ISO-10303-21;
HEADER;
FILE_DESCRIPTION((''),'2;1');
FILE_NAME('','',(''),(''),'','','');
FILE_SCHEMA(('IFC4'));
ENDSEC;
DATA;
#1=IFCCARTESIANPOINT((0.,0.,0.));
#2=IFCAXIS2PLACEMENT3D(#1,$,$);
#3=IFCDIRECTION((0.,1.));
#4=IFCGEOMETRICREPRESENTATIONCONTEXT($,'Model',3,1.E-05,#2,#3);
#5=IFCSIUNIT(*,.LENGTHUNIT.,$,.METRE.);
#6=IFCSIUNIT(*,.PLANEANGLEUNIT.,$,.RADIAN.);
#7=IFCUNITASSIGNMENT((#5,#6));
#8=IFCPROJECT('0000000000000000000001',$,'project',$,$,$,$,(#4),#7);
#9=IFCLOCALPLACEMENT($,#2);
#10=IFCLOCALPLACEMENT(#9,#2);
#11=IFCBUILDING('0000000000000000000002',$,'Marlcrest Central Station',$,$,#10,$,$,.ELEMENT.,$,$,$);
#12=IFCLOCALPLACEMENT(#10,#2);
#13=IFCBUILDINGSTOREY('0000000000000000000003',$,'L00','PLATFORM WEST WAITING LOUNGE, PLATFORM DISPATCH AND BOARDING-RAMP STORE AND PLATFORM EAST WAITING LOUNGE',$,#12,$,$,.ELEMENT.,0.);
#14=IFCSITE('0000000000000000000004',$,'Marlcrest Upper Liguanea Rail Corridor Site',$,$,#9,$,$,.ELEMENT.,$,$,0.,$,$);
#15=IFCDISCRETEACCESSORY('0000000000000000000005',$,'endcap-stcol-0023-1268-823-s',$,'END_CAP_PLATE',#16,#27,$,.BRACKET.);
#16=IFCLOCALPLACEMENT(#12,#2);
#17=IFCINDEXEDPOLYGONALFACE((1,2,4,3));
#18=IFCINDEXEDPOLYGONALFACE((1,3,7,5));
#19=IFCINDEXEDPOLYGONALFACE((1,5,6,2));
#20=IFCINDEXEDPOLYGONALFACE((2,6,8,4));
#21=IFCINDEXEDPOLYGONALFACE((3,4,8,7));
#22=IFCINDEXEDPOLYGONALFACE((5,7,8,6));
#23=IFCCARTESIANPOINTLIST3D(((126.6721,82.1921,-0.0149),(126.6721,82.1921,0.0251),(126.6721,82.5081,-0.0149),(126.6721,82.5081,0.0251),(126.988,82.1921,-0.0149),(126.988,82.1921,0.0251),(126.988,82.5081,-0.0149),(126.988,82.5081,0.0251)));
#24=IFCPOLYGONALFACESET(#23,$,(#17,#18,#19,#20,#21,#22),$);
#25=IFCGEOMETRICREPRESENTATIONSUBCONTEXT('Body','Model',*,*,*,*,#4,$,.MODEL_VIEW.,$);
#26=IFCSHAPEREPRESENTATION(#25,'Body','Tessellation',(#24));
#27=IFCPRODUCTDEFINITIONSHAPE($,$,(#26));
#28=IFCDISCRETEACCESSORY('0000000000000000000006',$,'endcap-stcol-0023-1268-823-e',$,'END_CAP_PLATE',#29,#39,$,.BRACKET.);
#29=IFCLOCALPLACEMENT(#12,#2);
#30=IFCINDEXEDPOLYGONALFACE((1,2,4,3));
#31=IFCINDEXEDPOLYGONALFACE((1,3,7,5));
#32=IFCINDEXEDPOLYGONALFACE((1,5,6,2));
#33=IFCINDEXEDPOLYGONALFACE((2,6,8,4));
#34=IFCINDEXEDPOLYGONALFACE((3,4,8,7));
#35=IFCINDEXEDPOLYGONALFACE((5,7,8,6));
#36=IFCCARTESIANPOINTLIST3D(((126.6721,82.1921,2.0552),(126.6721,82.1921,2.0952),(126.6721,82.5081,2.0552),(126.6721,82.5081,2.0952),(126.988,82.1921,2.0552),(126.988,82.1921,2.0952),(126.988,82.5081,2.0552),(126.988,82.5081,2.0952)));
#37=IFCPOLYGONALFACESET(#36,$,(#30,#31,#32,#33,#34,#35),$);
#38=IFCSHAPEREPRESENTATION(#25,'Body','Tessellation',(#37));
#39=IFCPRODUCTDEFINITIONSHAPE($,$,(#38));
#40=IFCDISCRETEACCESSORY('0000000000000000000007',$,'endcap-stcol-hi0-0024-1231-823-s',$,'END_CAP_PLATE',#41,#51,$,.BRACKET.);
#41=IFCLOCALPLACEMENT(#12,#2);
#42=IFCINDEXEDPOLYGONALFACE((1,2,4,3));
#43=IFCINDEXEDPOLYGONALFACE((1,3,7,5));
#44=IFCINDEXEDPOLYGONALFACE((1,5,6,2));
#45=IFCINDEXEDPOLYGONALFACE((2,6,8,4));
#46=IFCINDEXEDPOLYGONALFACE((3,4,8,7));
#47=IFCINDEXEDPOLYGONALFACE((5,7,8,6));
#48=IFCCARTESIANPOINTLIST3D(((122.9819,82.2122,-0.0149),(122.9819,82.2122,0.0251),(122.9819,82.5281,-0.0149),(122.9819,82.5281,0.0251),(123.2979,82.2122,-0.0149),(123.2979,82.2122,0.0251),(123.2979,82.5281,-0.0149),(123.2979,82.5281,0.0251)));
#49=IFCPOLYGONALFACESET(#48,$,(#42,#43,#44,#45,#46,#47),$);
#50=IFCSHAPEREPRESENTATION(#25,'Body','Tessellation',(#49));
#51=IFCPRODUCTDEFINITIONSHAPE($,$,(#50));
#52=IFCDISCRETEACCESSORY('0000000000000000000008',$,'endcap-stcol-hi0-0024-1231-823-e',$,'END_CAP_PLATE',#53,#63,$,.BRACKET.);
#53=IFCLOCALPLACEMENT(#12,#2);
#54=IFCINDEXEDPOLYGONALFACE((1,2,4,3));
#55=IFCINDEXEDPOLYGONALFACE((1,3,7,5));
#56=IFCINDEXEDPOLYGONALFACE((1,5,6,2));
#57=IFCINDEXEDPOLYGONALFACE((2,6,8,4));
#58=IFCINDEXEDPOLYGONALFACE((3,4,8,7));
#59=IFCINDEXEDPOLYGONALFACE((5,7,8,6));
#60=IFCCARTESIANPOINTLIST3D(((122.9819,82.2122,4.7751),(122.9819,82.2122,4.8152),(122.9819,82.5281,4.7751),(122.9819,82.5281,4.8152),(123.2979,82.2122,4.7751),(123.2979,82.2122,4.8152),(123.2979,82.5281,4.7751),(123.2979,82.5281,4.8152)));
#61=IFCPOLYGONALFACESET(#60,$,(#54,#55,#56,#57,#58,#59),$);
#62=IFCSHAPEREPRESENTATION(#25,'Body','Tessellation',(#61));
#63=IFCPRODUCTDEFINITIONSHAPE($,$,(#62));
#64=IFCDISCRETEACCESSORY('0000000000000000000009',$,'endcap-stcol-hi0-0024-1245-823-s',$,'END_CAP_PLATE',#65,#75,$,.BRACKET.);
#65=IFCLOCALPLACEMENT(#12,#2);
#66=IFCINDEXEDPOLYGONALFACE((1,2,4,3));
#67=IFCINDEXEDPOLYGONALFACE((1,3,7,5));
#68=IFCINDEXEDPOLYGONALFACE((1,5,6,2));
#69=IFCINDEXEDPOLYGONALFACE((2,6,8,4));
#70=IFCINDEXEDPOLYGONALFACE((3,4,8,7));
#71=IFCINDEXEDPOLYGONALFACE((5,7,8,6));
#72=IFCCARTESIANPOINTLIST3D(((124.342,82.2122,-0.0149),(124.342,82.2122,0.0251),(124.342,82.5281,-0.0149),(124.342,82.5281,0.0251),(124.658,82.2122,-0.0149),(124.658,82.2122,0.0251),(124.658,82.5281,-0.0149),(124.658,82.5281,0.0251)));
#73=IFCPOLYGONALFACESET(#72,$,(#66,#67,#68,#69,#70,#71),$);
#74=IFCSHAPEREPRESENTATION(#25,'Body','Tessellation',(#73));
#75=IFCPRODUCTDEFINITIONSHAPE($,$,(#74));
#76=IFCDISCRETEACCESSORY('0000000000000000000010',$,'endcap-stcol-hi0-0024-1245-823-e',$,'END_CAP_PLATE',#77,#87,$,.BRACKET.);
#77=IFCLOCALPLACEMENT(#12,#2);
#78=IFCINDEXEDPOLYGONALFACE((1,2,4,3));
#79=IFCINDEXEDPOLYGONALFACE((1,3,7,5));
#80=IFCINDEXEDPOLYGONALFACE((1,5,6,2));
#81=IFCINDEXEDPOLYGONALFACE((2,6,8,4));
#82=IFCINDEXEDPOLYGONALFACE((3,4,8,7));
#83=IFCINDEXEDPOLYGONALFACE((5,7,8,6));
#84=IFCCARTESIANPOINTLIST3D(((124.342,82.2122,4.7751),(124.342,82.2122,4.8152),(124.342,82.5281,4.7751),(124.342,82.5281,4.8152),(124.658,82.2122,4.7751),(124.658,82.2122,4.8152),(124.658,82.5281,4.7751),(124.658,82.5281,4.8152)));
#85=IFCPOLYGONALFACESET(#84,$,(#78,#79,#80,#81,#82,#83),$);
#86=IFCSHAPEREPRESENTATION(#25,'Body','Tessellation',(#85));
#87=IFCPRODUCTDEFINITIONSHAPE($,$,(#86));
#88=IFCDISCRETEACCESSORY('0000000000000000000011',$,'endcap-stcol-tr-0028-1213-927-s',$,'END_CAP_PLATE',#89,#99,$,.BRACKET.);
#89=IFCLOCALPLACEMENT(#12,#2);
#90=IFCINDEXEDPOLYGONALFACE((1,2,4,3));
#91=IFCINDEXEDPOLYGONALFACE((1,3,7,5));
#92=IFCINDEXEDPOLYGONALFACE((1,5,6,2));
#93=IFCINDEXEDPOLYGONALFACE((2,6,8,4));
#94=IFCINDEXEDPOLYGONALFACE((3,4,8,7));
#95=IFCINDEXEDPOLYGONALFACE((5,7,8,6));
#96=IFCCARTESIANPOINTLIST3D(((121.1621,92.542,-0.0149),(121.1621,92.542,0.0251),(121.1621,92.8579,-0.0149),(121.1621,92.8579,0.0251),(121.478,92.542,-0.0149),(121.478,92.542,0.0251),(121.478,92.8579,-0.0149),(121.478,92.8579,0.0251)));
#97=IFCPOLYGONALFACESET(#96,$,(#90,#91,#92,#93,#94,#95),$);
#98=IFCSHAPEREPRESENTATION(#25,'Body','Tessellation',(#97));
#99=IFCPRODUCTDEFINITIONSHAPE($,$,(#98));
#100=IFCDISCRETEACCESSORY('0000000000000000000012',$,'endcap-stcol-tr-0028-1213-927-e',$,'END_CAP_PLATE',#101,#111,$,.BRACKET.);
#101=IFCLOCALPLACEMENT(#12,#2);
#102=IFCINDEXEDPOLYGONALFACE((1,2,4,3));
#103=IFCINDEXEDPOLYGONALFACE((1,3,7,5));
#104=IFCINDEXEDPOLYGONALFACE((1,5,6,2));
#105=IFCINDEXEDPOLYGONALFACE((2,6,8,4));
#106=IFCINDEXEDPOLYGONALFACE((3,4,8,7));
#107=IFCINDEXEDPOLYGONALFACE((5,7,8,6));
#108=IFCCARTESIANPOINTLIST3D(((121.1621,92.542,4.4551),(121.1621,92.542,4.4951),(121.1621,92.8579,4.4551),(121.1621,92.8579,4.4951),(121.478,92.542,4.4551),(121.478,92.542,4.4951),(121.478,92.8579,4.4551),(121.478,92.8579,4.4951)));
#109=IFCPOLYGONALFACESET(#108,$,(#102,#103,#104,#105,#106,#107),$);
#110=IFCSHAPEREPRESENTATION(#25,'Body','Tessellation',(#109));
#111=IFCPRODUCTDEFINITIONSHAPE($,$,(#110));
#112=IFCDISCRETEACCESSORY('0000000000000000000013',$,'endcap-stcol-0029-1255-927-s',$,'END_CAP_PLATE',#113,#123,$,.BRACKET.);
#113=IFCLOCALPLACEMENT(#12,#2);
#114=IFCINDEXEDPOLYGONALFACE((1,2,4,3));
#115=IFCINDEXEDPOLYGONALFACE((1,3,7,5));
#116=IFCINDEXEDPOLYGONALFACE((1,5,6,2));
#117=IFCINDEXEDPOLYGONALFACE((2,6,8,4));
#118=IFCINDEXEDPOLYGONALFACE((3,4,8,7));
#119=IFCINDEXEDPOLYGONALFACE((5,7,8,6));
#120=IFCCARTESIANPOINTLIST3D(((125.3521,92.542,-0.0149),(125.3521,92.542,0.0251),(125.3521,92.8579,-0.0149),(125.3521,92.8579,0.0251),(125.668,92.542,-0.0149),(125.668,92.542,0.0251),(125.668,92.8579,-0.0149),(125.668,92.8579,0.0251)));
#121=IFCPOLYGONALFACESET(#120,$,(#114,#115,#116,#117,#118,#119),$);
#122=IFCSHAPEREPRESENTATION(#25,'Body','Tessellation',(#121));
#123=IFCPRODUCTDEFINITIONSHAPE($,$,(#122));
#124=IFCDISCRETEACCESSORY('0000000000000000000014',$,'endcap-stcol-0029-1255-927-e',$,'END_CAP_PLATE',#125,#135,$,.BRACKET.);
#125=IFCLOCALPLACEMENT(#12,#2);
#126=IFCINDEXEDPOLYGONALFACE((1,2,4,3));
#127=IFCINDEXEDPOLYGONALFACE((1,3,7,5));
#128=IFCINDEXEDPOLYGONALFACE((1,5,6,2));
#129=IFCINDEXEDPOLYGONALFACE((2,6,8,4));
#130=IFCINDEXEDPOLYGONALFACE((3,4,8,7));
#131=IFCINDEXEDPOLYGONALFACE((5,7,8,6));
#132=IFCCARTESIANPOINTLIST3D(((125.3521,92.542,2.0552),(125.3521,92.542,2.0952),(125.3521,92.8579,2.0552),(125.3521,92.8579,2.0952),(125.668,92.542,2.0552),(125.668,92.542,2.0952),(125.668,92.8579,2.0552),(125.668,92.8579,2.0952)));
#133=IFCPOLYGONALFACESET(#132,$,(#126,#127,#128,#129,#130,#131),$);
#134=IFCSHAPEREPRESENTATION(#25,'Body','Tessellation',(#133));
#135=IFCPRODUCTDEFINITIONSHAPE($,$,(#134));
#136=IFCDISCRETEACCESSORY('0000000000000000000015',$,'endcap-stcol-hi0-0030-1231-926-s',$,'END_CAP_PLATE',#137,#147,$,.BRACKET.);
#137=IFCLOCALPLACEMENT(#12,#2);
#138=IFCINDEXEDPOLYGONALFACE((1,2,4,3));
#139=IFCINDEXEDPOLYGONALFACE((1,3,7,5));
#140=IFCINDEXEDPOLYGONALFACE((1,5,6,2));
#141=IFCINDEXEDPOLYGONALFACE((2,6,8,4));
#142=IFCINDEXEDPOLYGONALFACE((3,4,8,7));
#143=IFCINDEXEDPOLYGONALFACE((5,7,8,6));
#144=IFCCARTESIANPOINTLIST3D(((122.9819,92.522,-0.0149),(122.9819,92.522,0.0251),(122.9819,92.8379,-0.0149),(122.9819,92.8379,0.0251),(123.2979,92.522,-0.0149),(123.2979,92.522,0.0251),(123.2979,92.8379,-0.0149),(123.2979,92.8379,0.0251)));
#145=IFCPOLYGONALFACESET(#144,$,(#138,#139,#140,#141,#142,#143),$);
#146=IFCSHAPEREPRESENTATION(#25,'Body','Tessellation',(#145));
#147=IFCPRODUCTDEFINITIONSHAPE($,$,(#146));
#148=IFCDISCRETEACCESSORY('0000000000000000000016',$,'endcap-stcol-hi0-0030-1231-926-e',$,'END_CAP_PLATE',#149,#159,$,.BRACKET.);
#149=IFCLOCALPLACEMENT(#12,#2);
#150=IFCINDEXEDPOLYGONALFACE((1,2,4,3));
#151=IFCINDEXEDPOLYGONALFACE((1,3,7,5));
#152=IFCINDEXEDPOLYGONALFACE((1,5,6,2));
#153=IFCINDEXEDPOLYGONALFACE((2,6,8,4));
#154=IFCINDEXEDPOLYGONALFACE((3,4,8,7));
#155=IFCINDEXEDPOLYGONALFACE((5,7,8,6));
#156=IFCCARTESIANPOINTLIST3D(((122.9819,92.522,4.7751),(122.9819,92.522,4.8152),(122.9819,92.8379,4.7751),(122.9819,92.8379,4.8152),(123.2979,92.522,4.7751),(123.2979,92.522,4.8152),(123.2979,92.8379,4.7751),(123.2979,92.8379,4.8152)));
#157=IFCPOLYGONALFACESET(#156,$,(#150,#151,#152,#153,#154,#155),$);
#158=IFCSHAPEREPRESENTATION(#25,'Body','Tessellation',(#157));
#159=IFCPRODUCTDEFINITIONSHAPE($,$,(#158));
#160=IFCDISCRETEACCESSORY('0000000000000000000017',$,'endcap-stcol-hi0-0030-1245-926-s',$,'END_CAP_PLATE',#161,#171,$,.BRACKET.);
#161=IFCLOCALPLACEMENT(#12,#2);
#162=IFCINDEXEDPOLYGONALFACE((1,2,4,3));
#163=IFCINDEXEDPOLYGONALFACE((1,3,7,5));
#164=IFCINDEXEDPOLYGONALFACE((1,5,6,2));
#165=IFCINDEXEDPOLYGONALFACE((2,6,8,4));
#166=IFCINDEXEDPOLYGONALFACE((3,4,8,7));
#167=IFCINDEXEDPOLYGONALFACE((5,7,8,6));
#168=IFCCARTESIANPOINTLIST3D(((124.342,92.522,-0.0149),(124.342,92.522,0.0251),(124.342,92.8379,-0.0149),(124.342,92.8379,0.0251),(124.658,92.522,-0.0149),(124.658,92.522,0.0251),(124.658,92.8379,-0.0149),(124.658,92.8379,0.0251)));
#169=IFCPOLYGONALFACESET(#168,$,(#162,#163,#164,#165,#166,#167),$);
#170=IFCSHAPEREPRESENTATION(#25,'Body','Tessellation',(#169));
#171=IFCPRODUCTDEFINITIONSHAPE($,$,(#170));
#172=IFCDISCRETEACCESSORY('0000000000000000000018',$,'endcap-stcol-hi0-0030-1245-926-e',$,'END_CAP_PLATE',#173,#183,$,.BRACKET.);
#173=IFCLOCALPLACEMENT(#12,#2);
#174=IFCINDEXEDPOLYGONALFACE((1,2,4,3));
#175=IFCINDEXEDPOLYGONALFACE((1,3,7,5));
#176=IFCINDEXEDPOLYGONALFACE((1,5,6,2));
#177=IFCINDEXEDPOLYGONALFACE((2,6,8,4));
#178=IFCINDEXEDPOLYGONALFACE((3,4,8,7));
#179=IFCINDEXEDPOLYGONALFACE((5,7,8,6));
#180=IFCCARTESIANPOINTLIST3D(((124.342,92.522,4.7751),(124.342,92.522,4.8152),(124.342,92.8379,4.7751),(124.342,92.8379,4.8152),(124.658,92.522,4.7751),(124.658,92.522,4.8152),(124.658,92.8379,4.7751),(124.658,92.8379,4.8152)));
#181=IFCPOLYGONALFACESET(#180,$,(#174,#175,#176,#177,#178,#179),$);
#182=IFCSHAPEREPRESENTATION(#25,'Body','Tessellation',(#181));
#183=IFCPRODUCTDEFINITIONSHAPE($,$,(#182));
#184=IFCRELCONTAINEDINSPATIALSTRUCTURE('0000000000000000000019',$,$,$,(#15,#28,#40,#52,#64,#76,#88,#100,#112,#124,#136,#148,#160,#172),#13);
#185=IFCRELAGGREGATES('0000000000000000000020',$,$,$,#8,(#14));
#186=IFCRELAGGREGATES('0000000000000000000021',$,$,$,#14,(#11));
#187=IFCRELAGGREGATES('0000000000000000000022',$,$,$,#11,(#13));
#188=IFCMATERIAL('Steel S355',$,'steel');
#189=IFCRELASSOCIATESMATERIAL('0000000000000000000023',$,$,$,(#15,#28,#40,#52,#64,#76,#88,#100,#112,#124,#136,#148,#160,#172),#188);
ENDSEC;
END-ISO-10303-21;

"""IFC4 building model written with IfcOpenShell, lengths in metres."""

from ifc_helpers import new_model, si_unit, direction, frame, origin, origin_2d, place, context, subcontext, project, spatial, rectangle, extrude, material, element, save


model = new_model("IFC4")

# Units and contexts
model_context = context("Model", 3, precision=1e-05, world=origin(), true_north=direction((0.0, 1.0)))
body_context = subcontext(model_context, "Body", "Model", "MODEL_VIEW")
ifc_project = project(units=[si_unit("LENGTHUNIT", "METRE"), si_unit("PLANEANGLEUNIT", "RADIAN")], contexts=[model_context])

# Site, building, storey
site_placement = place(None, origin())
site = spatial("IfcSite", under=ifc_project, at=site_placement, Name="Marlcrest Upper Liguanea Rail Corridor Site", CompositionType="ELEMENT", RefElevation=0.0)
building_placement = place(site_placement, origin())
building = spatial("IfcBuilding", under=site, at=building_placement, Name="Marlcrest Central Station", CompositionType="ELEMENT")
storey_placement = place(building_placement, origin())
storey = spatial("IfcBuildingStorey", under=building, at=storey_placement, Name="L00", Description="PLATFORM WEST WAITING LOUNGE, PLATFORM DISPATCH AND BOARDING-RAMP STORE AND PLATFORM EAST WAITING LOUNGE", CompositionType="ELEMENT", Elevation=0.0)

# Shared definitions
ifc_material_1 = material(Name="Steel S355", Category="steel")

# Discrete accessories
for number, where, z_axis, x_axis, name in (
    (1, (126.8301, 82.3501, -0.0149), (0.0, 0.0, 1.0), (1.0, 0.0, 0.0), "endcap-stcol-0023-1268-823-s"),
    (2, (126.8301, 82.3501, 2.0552), (0.0, 0.0, 1.0), (1.0, 0.0, 0.0), "endcap-stcol-0023-1268-823-e"),
    (3, (123.1399, 82.3701, -0.0149), (0.0, 0.0, 1.0), (1.0, 0.0, 0.0), "endcap-stcol-hi0-0024-1231-823-s"),
    (4, (123.1399, 82.3701, 4.7751), (0.0, 0.0, 1.0), (1.0, 0.0, 0.0), "endcap-stcol-hi0-0024-1231-823-e"),
    (5, (124.5, 82.3701, -0.0149), (0.0, 0.0, 1.0), (1.0, 0.0, 0.0), "endcap-stcol-hi0-0024-1245-823-s"),
    (6, (124.5, 82.3701, 4.7751), (0.0, 0.0, 1.0), (1.0, 0.0, 0.0), "endcap-stcol-hi0-0024-1245-823-e"),
    (7, (121.3201, 92.7, -0.0149), (0.0, 0.0, 1.0), (1.0, 0.0, 0.0), "endcap-stcol-tr-0028-1213-927-s"),
    (8, (121.3201, 92.7, 4.4551), (0.0, 0.0, 1.0), (1.0, 0.0, 0.0), "endcap-stcol-tr-0028-1213-927-e"),
    (9, (125.51, 92.7, -0.0149), (0.0, 0.0, 1.0), (1.0, 0.0, 0.0), "endcap-stcol-0029-1255-927-s"),
    (10, (125.51, 92.7, 2.0552), (0.0, 0.0, 1.0), (1.0, 0.0, 0.0), "endcap-stcol-0029-1255-927-e"),
    (11, (123.1399, 92.6799, -0.0149), (0.0, 0.0, 1.0), (1.0, 0.0, 0.0), "endcap-stcol-hi0-0030-1231-926-s"),
    (12, (123.1399, 92.6799, 4.7751), (0.0, 0.0, 1.0), (1.0, 0.0, 0.0), "endcap-stcol-hi0-0030-1231-926-e"),
    (13, (124.5, 92.6799, -0.0149), (0.0, 0.0, 1.0), (1.0, 0.0, 0.0), "endcap-stcol-hi0-0030-1245-926-s"),
    (14, (124.5, 92.6799, 4.7751), (0.0, 0.0, 1.0), (1.0, 0.0, 0.0), "endcap-stcol-hi0-0030-1245-926-e"),
):
    element("IfcDiscreteAccessory", number, at=place(storey_placement, frame(where, z_axis=z_axis, x_axis=x_axis)), inside=storey, material=ifc_material_1, Name=name, ObjectType="END_CAP_PLATE", PredefinedType="BRACKET", context=body_context, shape_type="SweptSolid", body=[
        extrude(rectangle(XDim=0.3159, YDim=0.3159, at=origin_2d()), origin(), (0.0, 0.0, 1.0), 0.04),
    ])

save(model, "model.ifc")
